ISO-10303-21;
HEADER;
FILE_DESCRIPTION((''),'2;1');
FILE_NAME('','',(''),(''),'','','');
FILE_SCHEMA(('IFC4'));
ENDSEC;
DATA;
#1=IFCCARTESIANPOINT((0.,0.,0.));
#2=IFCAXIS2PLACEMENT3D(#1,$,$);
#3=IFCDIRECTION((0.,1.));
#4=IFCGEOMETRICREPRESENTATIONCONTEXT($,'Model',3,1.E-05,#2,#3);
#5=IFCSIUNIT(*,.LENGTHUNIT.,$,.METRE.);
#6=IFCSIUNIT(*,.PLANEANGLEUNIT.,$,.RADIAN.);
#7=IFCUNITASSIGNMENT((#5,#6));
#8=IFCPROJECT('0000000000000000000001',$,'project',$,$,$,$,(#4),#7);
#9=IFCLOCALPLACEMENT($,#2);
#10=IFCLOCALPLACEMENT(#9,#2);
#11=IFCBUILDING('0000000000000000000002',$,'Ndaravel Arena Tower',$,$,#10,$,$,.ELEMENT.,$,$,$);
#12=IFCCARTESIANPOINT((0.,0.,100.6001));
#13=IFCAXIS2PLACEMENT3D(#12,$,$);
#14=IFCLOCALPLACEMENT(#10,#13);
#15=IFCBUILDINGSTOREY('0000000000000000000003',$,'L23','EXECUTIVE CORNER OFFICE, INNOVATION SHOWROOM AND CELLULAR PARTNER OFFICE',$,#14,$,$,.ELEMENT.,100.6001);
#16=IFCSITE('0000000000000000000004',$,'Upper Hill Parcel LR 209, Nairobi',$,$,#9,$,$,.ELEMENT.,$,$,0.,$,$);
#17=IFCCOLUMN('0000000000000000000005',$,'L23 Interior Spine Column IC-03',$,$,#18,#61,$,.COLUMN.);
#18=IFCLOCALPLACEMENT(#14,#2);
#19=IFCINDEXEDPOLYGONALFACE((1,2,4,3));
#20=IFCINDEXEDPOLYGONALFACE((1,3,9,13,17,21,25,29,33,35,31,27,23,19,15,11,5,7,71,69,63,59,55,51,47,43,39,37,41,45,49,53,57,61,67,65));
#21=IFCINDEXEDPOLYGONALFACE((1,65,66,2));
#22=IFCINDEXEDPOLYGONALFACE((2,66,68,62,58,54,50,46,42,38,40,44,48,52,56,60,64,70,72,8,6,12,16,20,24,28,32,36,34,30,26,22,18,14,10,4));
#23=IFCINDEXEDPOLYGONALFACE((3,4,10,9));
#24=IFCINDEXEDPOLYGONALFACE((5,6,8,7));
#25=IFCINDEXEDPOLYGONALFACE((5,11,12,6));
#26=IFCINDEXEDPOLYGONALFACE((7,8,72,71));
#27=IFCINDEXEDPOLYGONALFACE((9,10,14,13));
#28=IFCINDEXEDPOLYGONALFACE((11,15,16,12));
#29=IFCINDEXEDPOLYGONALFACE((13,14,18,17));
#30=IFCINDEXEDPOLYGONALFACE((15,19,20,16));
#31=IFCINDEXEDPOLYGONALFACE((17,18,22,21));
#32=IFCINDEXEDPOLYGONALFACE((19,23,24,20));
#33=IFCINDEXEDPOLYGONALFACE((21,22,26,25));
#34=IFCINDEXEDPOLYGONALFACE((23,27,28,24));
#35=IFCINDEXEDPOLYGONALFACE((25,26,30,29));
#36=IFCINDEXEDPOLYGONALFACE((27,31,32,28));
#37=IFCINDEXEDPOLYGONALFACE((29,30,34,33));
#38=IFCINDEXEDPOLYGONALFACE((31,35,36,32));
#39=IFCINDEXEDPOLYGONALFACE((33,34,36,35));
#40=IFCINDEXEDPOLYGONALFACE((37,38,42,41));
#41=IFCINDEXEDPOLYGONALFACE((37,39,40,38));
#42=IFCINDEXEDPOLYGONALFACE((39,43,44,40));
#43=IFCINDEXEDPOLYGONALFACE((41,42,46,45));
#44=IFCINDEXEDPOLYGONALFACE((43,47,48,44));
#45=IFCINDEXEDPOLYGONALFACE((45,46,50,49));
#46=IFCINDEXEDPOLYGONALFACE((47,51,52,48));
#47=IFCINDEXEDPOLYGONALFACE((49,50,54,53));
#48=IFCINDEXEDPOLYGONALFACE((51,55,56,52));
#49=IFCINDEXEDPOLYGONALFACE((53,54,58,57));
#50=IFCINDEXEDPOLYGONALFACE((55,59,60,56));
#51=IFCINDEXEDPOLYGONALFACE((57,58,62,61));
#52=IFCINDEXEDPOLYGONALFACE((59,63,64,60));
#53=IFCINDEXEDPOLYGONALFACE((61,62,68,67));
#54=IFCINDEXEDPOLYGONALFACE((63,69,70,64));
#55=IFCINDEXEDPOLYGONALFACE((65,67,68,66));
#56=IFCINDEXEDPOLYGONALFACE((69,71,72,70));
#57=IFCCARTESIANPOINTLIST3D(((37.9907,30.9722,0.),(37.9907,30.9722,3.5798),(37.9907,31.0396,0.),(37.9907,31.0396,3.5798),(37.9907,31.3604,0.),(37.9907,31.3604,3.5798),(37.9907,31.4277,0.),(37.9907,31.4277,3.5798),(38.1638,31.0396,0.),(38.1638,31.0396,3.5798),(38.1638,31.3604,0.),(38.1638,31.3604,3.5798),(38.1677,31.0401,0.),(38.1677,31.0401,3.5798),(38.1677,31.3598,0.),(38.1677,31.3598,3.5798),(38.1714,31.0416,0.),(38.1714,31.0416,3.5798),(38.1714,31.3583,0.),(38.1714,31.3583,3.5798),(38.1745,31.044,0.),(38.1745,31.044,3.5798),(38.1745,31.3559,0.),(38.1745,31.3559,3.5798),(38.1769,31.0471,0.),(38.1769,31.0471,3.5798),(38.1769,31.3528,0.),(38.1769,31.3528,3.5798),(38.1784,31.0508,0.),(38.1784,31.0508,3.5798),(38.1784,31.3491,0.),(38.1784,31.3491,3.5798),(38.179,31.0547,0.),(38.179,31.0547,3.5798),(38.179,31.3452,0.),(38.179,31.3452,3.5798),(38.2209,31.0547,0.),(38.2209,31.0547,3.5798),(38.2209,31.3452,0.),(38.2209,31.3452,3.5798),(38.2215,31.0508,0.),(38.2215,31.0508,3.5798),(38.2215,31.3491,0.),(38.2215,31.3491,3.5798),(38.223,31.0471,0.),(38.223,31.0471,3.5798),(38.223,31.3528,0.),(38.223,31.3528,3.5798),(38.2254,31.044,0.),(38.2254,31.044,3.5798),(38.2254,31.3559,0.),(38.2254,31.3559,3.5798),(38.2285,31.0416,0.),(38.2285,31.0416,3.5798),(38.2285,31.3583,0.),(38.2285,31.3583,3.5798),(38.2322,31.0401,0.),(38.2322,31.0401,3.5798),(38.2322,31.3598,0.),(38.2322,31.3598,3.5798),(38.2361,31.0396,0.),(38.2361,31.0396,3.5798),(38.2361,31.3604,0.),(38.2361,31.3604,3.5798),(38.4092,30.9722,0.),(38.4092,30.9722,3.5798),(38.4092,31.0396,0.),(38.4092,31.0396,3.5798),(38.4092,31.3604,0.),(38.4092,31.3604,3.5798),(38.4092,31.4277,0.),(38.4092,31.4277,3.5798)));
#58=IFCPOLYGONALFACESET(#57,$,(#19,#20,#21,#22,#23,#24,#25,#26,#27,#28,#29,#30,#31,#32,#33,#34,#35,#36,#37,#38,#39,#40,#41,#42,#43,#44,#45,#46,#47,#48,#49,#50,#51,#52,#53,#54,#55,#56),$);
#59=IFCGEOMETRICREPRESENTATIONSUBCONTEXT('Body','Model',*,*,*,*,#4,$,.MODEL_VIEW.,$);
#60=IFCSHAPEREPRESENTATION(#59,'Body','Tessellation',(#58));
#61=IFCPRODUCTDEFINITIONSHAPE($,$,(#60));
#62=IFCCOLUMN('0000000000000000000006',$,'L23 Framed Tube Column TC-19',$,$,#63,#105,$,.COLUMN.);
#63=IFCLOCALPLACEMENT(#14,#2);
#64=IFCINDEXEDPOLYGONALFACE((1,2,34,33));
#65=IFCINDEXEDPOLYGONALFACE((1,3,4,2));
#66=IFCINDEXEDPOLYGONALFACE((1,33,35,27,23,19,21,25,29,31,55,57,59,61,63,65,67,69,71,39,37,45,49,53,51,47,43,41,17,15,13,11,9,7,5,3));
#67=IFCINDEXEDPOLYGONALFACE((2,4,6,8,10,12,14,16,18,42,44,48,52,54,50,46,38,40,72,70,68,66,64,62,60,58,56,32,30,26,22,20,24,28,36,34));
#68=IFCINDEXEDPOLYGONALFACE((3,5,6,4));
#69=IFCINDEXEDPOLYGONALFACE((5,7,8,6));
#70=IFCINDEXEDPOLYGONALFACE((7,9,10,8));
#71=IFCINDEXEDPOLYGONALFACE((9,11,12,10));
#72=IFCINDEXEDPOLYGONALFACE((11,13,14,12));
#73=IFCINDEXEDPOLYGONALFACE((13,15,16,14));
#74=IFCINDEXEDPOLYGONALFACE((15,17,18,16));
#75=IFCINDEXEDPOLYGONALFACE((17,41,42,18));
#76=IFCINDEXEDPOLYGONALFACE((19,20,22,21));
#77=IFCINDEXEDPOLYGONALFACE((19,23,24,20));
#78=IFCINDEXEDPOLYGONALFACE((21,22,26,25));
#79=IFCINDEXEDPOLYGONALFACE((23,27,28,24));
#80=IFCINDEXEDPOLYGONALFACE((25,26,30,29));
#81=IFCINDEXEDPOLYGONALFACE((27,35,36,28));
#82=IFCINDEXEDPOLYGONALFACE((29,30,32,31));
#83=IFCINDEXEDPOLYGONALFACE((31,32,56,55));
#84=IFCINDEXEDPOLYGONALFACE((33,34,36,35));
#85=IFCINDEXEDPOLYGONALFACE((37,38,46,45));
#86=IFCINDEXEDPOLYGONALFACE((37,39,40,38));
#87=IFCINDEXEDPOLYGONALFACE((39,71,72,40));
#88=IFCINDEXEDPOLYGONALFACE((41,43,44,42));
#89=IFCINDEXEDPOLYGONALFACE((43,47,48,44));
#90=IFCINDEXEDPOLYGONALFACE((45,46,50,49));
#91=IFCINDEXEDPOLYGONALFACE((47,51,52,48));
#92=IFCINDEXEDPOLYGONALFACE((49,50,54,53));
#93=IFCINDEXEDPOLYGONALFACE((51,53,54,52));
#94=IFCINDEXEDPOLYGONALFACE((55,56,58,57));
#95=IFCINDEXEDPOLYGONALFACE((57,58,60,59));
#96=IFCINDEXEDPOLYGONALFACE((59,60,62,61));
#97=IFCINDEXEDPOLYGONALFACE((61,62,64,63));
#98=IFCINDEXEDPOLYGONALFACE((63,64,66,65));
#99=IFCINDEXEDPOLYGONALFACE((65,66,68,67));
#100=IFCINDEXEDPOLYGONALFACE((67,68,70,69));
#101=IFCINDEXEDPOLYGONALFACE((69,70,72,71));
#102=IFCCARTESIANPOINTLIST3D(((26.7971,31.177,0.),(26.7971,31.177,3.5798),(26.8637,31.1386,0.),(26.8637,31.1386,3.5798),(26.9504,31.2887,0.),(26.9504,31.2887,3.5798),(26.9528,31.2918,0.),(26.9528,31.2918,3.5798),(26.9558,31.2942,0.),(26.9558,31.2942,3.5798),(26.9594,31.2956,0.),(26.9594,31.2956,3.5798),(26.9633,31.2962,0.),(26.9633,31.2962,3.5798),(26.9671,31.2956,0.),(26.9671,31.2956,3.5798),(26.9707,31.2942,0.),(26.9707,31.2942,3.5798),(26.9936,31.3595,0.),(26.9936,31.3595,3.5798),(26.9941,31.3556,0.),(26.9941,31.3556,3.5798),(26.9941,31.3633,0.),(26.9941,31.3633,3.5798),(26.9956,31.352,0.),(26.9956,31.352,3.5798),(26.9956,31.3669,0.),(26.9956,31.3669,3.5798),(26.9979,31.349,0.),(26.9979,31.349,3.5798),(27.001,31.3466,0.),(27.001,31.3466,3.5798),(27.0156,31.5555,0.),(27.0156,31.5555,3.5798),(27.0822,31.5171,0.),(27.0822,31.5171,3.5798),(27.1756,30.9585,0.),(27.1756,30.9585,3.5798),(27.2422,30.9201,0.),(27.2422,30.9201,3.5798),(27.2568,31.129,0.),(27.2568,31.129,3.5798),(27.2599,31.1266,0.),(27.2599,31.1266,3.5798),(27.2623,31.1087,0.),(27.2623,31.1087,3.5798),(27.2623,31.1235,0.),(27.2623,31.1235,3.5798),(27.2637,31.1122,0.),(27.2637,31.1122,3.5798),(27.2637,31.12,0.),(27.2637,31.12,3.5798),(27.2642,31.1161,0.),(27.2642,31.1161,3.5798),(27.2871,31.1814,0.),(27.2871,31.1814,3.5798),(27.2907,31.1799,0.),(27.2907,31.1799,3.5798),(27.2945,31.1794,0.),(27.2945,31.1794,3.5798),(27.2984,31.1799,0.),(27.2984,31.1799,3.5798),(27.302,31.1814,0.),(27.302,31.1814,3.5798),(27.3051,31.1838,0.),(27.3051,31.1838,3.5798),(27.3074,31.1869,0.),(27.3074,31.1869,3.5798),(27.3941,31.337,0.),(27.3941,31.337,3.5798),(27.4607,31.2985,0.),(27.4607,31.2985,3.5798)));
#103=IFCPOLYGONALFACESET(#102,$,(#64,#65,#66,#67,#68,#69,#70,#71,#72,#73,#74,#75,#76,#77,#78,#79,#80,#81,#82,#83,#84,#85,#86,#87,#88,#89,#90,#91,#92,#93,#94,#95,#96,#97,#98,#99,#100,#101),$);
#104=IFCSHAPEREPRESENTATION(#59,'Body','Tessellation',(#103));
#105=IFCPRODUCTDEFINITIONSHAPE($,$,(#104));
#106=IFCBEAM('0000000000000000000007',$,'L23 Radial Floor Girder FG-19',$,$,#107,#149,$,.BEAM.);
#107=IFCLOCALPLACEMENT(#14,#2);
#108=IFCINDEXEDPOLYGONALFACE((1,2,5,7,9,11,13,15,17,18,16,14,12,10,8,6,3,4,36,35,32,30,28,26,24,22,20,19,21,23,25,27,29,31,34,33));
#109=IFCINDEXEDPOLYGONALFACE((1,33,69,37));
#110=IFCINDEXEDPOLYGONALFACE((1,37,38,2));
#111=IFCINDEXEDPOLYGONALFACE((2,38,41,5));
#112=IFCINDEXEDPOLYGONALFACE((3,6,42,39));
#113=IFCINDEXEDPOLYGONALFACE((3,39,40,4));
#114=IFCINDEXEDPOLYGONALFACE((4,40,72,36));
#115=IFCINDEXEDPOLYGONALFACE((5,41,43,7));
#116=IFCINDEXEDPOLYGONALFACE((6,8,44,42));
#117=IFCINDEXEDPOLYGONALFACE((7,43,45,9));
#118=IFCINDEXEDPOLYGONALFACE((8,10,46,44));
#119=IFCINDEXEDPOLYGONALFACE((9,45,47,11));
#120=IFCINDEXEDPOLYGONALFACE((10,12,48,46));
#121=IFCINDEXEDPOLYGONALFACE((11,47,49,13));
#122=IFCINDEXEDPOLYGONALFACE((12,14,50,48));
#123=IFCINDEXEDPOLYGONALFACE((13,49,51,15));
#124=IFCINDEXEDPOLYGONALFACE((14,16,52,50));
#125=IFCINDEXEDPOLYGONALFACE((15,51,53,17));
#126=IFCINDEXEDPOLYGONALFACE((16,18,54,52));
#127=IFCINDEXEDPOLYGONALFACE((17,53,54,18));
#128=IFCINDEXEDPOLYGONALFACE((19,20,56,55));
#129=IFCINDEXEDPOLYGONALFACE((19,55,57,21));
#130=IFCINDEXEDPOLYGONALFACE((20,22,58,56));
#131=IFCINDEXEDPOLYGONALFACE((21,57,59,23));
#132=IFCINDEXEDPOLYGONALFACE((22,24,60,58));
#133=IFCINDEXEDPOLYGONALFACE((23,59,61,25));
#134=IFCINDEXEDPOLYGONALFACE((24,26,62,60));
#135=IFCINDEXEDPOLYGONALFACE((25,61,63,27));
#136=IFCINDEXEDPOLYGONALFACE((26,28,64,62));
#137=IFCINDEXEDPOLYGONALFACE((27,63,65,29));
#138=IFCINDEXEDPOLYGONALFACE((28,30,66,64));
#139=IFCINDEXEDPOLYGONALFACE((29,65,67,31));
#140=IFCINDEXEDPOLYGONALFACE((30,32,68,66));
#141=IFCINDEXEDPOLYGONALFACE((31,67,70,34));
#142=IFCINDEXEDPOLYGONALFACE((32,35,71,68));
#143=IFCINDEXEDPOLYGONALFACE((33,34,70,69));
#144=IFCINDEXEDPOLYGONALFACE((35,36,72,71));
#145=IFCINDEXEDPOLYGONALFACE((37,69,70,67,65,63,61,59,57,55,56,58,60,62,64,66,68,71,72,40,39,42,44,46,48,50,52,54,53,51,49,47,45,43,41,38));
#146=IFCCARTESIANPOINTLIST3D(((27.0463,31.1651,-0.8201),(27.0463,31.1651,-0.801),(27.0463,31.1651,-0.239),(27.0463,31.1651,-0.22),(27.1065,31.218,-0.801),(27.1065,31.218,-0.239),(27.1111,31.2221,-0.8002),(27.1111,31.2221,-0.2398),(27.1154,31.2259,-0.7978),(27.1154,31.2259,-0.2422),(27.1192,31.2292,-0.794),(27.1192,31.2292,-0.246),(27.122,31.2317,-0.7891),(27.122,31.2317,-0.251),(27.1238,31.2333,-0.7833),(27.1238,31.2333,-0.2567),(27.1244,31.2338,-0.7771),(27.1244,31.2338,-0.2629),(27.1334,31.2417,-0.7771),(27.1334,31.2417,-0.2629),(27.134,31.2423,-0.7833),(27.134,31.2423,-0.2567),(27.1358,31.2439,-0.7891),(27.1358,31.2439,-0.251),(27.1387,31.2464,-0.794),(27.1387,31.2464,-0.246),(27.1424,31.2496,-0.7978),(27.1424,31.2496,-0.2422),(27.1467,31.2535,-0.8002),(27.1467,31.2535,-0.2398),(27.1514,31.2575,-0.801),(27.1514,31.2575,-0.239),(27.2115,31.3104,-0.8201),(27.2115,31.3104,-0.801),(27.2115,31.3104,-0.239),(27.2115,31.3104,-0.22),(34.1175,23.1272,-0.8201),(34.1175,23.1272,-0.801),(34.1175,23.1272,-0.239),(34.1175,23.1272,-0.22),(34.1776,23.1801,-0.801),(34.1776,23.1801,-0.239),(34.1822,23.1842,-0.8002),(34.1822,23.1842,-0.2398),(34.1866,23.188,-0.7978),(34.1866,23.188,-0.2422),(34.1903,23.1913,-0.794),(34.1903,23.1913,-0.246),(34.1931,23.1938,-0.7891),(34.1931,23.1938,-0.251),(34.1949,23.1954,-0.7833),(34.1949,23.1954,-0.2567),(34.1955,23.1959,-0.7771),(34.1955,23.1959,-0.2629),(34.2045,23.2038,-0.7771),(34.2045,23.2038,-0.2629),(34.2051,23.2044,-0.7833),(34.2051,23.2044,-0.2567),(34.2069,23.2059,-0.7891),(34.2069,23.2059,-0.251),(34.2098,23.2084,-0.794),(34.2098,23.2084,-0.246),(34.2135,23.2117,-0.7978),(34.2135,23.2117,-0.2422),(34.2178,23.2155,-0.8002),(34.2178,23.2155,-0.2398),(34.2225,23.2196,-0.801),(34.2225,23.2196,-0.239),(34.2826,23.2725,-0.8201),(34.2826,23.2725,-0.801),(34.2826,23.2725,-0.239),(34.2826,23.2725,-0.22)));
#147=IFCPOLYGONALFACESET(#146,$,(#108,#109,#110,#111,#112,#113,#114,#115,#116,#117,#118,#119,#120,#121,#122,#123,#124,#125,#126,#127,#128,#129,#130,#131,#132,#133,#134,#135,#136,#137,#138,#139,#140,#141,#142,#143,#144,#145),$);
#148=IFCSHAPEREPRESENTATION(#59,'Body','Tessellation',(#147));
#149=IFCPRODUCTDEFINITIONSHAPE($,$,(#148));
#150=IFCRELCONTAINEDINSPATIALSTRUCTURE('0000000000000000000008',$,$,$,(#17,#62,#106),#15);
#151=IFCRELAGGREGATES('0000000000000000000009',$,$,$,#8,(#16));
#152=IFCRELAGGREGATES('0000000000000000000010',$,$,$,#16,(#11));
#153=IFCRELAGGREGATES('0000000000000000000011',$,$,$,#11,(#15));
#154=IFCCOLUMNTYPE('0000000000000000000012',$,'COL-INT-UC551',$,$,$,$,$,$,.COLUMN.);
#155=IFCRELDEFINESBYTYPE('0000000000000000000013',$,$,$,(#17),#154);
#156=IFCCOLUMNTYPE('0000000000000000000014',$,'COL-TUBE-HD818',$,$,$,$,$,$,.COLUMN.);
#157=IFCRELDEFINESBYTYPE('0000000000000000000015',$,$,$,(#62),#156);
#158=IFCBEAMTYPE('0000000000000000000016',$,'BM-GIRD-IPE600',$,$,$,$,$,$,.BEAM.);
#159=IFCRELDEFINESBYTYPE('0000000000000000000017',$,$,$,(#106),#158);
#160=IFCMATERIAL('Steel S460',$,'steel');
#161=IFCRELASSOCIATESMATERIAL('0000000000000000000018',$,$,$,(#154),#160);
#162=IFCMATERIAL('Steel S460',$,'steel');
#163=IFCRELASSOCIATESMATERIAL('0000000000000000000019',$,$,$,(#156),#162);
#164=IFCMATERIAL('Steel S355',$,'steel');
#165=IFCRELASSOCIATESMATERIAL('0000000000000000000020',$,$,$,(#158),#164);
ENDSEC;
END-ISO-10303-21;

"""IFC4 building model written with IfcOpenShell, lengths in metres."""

from ifc_helpers import new_model, si_unit, direction, frame, origin, origin_2d, place, context, subcontext, project, spatial, i_section, extrude, material, material_profile, profile_set, type_object, element, save


model = new_model("IFC4")

# Units and contexts
model_context = context("Model", 3, precision=1e-05, world=origin(), true_north=direction((0.0, 1.0)))
body_context = subcontext(model_context, "Body", "Model", "MODEL_VIEW")
ifc_project = project(units=[si_unit("LENGTHUNIT", "METRE"), si_unit("PLANEANGLEUNIT", "RADIAN")], contexts=[model_context])

# Site, building, storey
site_placement = place(None, origin())
site = spatial("IfcSite", under=ifc_project, at=site_placement, Name="Upper Hill Parcel LR 209, Nairobi", CompositionType="ELEMENT", RefElevation=0.0)
building_placement = place(site_placement, origin())
building = spatial("IfcBuilding", under=site, at=building_placement, Name="Ndaravel Arena Tower", CompositionType="ELEMENT")
storey_placement = place(building_placement, frame((0.0, 0.0, 100.6001)))
storey = spatial("IfcBuildingStorey", under=building, at=storey_placement, Name="L23", Description="EXECUTIVE CORNER OFFICE, INNOVATION SHOWROOM AND CELLULAR PARTNER OFFICE", CompositionType="ELEMENT", Elevation=100.6001)

# Columns
ifc_material_1 = material(Name="Steel S460", Category="steel")
ifc_material_profile_1 = material_profile(ifc_material_1, i_section(OverallWidth=0.4185, OverallDepth=0.4556, WebThickness=0.042, FlangeThickness=0.0674, FilletRadius=0.0151, at=origin_2d()), Name="UC 356x406x551")
ifc_profile_set_1 = profile_set([ifc_material_profile_1], Name="Steel S460")
column_type_1 = type_object("IfcColumnType", Name="COL-INT-UC551", PredefinedType="COLUMN", material=ifc_profile_set_1)
column_1_placement = place(storey_placement, frame((38.2, 31.2, 0.0), z_axis=(0.0, 0.0, 1.0), x_axis=(1.0, 0.0, 0.0)))
element("IfcColumn", 1, at=column_1_placement, inside=storey, type_object=column_type_1, Name="L23 Interior Spine Column IC-03", PredefinedType="COLUMN", context=body_context, shape_type="SweptSolid", body=[
    extrude(i_section(OverallWidth=0.4185, OverallDepth=0.4556, WebThickness=0.042, FlangeThickness=0.0674, FilletRadius=0.0151, at=origin_2d()), origin(), (0.0, 0.0, 1.0), 3.5798),
])
ifc_material_2 = material(Name="Steel S460", Category="steel")
ifc_material_profile_2 = material_profile(ifc_material_2, i_section(OverallWidth=0.437, OverallDepth=0.5139, WebThickness=0.0605, FlangeThickness=0.0769, FilletRadius=0.0149, at=origin_2d()), Name="HD 400x818")
ifc_profile_set_2 = profile_set([ifc_material_profile_2], Name="Steel S460")
column_type_2 = type_object("IfcColumnType", Name="COL-TUBE-HD818", PredefinedType="COLUMN", material=ifc_profile_set_2)
column_2_placement = place(storey_placement, frame((27.1289, 31.2378, 0.0), z_axis=(0.0, 0.0, 1.0), x_axis=(0.5, 0.866025, 0.0)))
element("IfcColumn", 2, at=column_2_placement, inside=storey, type_object=column_type_2, Name="L23 Framed Tube Column TC-19", PredefinedType="COLUMN", context=body_context, shape_type="SweptSolid", body=[
    extrude(i_section(OverallWidth=0.437, OverallDepth=0.5139, WebThickness=0.0605, FlangeThickness=0.0769, FilletRadius=0.0149, at=origin_2d()), origin(), (0.0, 0.0, 1.0), 3.5798),
])

# Beam
ifc_material_3 = material(Name="Steel S355", Category="steel")
ifc_material_profile_3 = material_profile(ifc_material_3, i_section(OverallWidth=0.22, OverallDepth=0.6001, WebThickness=0.012, FlangeThickness=0.019, FilletRadius=0.0239, at=origin_2d()), Name="IPE 600")
ifc_profile_set_3 = profile_set([ifc_material_profile_3], Name="Steel S355")
beam_type_1 = type_object("IfcBeamType", Name="BM-GIRD-IPE600", PredefinedType="BEAM", material=ifc_profile_set_3)
beam_1_placement = place(storey_placement, frame((27.1289, 31.2378, -0.52), z_axis=(0.660509, -0.750818, 0.0), x_axis=(0.750818, 0.660509, 0.0)))
element("IfcBeam", 3, at=beam_1_placement, inside=storey, type_object=beam_type_1, Name="L23 Radial Floor Girder FG-19", PredefinedType="BEAM", context=body_context, shape_type="SweptSolid", body=[
    extrude(i_section(OverallWidth=0.22, OverallDepth=0.6001, WebThickness=0.012, FlangeThickness=0.019, FilletRadius=0.0239, at=origin_2d()), origin(), (0.0, 0.0, 1.0), 10.7056),
])

save(model, "model.ifc")
